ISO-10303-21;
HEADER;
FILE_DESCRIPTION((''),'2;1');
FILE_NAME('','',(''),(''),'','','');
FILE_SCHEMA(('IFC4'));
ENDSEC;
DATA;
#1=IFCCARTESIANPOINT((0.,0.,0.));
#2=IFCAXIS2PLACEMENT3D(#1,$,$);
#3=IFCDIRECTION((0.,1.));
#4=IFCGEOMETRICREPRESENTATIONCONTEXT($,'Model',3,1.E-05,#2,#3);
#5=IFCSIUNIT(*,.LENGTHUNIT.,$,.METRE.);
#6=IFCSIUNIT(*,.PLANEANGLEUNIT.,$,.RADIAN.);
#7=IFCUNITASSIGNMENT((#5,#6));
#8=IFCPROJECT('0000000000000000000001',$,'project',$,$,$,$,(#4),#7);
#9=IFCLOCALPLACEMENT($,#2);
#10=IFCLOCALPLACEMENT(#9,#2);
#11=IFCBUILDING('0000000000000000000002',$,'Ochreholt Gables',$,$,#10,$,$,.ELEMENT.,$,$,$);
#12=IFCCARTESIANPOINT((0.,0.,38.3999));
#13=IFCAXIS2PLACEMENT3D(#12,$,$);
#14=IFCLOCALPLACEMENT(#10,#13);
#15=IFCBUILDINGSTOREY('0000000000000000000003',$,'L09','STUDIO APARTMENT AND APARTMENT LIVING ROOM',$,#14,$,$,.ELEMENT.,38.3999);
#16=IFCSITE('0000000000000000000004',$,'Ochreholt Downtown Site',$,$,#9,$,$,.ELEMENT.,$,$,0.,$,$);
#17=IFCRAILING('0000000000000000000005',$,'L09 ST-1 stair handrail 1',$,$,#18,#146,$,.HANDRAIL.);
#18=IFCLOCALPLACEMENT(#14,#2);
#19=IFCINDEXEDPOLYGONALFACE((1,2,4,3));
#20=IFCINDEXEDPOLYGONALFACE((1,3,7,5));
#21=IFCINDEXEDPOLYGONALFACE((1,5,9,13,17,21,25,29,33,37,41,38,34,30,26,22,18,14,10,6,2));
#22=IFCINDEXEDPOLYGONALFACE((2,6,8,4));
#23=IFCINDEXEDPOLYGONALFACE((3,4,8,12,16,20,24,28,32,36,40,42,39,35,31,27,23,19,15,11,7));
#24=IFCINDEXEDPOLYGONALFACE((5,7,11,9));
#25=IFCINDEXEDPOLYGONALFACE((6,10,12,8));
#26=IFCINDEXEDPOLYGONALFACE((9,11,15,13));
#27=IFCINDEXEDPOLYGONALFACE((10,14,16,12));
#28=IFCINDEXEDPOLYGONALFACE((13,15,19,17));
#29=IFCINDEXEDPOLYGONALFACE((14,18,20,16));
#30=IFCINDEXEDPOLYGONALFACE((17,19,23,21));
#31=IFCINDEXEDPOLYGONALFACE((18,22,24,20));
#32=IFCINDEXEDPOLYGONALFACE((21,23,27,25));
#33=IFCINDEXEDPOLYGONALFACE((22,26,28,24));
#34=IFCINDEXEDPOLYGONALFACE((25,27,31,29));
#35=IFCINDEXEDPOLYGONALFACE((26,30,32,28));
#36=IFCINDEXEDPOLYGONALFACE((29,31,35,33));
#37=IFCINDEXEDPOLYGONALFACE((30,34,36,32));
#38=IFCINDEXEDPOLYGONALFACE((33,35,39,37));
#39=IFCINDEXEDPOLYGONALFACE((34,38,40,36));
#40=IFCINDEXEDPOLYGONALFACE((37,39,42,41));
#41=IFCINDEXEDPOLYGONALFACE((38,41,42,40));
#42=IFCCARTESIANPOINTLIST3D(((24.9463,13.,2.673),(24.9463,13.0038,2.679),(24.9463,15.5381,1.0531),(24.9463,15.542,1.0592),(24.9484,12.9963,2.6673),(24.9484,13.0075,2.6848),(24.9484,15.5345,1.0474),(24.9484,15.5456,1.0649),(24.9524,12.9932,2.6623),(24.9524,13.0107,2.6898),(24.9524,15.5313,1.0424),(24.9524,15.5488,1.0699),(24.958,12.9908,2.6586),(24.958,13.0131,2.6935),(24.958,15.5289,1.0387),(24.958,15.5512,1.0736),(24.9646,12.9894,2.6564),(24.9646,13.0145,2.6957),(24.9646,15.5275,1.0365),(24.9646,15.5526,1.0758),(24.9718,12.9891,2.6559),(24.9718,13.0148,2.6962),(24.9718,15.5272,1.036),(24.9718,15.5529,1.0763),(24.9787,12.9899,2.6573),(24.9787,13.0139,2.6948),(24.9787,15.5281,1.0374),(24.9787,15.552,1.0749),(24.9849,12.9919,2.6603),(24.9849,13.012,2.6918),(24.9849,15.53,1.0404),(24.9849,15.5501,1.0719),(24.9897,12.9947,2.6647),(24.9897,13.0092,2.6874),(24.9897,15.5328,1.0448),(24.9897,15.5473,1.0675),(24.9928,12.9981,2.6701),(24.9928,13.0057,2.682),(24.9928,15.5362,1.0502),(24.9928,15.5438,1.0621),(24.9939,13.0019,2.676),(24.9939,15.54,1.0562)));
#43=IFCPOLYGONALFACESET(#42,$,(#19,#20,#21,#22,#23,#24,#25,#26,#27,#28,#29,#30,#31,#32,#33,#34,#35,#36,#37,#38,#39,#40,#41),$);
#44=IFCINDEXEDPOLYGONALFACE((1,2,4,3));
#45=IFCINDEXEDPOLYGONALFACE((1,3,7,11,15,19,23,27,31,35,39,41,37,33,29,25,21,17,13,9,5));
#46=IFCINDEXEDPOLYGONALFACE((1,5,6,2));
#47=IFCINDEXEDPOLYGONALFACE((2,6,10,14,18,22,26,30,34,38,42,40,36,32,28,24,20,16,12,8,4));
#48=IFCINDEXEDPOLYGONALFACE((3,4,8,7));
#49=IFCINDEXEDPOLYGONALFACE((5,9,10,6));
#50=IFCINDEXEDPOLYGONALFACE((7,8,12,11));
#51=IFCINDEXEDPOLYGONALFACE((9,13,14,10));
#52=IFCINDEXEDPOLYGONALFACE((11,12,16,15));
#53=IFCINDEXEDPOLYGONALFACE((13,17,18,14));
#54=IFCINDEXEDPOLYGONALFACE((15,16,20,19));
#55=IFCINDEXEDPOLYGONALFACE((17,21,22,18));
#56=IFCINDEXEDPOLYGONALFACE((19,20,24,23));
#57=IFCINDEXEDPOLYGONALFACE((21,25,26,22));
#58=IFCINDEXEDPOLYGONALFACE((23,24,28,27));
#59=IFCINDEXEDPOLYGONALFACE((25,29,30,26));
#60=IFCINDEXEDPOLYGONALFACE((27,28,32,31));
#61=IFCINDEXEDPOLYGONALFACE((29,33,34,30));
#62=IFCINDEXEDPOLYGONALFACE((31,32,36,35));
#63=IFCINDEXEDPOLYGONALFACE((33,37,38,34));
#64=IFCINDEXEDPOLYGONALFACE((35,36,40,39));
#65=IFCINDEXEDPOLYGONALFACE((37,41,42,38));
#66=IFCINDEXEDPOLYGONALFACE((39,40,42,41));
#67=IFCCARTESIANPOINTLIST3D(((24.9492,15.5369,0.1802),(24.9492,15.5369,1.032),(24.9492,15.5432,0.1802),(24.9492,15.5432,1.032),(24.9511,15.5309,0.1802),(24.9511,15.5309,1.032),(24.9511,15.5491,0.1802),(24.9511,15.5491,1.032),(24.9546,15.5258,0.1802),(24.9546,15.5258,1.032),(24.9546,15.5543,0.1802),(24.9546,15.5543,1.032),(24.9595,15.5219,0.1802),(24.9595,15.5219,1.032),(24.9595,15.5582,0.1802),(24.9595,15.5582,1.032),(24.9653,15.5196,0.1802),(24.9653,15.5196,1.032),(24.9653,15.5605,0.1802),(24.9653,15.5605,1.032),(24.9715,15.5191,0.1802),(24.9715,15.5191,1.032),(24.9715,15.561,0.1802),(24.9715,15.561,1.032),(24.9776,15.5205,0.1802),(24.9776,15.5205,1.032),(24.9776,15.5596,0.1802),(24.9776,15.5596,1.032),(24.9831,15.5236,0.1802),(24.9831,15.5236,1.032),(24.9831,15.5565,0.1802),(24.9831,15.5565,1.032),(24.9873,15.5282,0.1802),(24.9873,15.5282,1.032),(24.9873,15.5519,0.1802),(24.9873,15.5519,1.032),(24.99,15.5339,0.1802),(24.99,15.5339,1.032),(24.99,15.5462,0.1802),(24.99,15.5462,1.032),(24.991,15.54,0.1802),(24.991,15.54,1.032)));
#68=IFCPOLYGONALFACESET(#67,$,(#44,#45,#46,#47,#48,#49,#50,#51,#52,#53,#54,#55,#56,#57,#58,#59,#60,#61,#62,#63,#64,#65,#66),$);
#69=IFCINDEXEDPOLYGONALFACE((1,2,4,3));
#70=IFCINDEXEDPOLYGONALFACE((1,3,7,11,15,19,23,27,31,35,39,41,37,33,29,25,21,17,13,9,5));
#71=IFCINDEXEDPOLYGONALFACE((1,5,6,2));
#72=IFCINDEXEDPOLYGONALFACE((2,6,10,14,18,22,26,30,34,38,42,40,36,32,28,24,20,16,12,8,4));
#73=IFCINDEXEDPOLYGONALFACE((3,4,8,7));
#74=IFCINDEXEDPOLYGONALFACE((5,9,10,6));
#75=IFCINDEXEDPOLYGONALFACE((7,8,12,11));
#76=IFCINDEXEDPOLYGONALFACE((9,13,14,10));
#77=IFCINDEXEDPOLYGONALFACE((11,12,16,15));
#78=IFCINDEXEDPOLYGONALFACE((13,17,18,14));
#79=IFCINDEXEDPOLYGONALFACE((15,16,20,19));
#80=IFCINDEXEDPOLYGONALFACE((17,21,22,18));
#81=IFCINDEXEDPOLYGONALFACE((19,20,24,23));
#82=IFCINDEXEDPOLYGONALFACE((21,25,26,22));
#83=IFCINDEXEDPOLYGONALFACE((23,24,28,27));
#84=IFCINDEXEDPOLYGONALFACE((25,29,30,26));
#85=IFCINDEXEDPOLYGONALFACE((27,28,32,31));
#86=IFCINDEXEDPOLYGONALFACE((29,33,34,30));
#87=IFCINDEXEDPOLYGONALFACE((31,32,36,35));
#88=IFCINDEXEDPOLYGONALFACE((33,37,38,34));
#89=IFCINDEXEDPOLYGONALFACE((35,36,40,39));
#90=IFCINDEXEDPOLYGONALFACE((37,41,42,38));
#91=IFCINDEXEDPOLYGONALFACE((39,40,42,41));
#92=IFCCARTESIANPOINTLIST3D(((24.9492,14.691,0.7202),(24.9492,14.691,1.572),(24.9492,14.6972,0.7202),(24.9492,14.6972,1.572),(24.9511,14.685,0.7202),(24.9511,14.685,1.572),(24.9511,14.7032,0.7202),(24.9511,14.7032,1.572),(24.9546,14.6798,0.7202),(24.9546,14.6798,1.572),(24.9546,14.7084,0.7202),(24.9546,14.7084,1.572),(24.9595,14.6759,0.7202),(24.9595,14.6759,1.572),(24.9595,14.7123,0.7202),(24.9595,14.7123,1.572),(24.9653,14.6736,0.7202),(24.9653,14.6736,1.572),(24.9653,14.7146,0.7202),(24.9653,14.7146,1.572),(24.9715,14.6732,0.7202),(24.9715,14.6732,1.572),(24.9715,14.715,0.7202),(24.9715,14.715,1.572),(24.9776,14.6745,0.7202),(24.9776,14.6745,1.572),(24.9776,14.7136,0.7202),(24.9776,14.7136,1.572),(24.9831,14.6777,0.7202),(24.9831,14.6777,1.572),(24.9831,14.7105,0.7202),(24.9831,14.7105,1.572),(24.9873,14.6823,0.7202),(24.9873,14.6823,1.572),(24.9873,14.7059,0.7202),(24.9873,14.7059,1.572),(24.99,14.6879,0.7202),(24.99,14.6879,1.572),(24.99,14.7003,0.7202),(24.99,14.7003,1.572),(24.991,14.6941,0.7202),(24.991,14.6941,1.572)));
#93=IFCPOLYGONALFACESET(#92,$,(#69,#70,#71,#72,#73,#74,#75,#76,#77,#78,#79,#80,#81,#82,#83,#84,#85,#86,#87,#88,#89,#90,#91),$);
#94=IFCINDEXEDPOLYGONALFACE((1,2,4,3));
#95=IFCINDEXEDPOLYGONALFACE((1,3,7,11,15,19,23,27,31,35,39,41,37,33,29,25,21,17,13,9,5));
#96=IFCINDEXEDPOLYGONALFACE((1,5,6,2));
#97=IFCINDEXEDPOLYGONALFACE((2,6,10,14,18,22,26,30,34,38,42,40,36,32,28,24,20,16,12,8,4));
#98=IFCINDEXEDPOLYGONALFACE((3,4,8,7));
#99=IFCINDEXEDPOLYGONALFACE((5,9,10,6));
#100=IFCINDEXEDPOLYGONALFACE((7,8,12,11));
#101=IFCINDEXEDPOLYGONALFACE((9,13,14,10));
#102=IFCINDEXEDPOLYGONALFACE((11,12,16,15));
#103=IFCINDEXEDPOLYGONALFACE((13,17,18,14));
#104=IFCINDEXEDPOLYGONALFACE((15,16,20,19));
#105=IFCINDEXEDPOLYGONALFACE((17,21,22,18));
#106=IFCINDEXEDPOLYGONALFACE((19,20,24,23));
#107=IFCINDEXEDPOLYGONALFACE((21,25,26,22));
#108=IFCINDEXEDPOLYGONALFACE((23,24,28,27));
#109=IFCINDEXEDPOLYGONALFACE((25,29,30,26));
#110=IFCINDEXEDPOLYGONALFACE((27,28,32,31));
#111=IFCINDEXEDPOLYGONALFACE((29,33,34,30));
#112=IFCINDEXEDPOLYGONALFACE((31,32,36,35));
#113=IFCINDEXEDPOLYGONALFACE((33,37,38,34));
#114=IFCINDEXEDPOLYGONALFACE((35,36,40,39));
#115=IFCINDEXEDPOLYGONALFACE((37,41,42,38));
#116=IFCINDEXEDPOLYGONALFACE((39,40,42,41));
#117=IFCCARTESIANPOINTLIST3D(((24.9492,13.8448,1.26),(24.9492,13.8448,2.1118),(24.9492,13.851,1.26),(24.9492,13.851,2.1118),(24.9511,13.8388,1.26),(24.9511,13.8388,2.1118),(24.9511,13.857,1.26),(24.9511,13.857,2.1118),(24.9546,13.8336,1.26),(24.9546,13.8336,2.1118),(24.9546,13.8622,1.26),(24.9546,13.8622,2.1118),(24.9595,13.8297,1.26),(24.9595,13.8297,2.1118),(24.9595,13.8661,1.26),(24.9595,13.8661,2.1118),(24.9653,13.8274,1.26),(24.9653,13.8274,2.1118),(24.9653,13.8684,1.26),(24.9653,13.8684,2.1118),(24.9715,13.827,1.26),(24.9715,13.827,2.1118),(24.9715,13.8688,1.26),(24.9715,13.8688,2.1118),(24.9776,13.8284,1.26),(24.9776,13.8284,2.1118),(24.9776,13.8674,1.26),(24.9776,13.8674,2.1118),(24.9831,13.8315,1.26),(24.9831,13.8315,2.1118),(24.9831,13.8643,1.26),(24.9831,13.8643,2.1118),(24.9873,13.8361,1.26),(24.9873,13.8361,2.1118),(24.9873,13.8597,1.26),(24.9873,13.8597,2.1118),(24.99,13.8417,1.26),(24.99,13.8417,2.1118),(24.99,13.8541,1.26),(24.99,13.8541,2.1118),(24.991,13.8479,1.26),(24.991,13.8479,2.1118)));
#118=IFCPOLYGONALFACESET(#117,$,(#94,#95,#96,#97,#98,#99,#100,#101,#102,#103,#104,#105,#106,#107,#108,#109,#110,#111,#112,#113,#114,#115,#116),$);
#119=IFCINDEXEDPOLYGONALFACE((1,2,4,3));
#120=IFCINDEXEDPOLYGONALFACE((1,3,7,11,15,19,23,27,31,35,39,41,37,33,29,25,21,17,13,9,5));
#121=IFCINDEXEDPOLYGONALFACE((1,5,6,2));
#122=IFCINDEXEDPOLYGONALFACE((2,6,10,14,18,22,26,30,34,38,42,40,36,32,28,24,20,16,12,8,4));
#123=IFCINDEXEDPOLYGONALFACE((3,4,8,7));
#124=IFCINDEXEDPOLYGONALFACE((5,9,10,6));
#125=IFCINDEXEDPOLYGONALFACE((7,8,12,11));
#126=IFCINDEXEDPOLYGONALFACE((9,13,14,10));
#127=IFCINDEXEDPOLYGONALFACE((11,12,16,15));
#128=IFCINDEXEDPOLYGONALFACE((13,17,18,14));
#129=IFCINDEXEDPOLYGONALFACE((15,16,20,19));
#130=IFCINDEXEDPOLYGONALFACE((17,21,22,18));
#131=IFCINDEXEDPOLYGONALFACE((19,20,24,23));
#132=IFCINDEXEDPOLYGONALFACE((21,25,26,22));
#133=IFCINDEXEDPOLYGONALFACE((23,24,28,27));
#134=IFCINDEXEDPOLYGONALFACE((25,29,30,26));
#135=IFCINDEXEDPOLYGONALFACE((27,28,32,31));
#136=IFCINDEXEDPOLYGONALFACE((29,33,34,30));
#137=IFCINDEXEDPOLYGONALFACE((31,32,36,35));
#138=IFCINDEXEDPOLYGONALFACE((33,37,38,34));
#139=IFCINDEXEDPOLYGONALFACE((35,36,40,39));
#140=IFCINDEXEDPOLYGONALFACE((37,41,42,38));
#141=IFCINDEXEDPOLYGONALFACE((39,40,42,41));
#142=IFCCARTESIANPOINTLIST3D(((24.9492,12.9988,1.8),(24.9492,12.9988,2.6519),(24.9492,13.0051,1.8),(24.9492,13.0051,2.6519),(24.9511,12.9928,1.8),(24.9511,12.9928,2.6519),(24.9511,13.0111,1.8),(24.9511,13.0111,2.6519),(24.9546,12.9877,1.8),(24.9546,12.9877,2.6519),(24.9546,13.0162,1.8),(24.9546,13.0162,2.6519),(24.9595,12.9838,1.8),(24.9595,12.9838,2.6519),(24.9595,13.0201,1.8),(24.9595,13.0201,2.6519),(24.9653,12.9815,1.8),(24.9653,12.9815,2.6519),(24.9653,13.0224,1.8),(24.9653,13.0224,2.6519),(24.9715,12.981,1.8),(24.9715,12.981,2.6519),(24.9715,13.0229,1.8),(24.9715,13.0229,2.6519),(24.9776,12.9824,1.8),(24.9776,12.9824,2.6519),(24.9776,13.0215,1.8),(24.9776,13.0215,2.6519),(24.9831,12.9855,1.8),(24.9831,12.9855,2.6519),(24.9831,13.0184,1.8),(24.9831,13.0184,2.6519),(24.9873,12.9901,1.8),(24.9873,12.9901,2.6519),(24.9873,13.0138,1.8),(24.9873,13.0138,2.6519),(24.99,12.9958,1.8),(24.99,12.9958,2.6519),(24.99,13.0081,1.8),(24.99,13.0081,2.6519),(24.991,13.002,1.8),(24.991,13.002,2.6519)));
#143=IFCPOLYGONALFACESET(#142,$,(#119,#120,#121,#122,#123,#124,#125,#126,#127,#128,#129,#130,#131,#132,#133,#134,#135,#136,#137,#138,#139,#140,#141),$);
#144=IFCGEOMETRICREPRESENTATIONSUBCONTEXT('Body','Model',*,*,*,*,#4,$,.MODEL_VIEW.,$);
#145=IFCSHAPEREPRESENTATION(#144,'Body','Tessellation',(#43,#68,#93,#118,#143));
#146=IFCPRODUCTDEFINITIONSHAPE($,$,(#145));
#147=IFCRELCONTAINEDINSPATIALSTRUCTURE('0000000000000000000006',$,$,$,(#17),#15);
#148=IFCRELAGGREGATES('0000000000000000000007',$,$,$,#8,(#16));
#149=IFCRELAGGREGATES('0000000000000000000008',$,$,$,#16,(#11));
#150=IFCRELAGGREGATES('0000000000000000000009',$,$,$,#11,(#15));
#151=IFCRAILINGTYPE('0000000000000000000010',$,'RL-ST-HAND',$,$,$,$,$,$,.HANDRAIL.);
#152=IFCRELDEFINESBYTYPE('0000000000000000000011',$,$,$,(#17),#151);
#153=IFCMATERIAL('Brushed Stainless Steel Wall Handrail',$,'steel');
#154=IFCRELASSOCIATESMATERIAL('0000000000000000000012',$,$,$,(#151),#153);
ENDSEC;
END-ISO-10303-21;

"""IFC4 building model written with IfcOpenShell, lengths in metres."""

from ifc_helpers import new_model, si_unit, direction, frame, origin, origin_2d, place, context, subcontext, project, spatial, circle, extrude, material, type_object, element, save


model = new_model("IFC4")

# Units and contexts
model_context = context("Model", 3, precision=1e-05, world=origin(), true_north=direction((0.0, 1.0)))
body_context = subcontext(model_context, "Body", "Model", "MODEL_VIEW")
ifc_project = project(units=[si_unit("LENGTHUNIT", "METRE"), si_unit("PLANEANGLEUNIT", "RADIAN")], contexts=[model_context])

# Site, building, storey
site_placement = place(None, origin())
site = spatial("IfcSite", under=ifc_project, at=site_placement, Name="Ochreholt Downtown Site", CompositionType="ELEMENT", RefElevation=0.0)
building_placement = place(site_placement, origin())
building = spatial("IfcBuilding", under=site, at=building_placement, Name="Ochreholt Gables", CompositionType="ELEMENT")
storey_placement = place(building_placement, frame((0.0, 0.0, 38.3999)))
storey = spatial("IfcBuildingStorey", under=building, at=storey_placement, Name="L09", Description="STUDIO APARTMENT AND APARTMENT LIVING ROOM", CompositionType="ELEMENT", Elevation=38.3999)

# Railing
ifc_material_1 = material(Name="Brushed Stainless Steel Wall Handrail", Category="steel")
railing_type_1 = type_object("IfcRailingType", Name="RL-ST-HAND", PredefinedType="HANDRAIL", material=ifc_material_1)
railing_1_placement = place(storey_placement, frame((24.97, 15.54, 0.1802)))
element("IfcRailing", 1, at=railing_1_placement, inside=storey, type_object=railing_type_1, Name="L09 ST-1 stair handrail 1", PredefinedType="HANDRAIL", context=body_context, shape_type="SweptSolid", body=[
    extrude(circle(Radius=0.0239, at=origin_2d()), frame((0.0, 0.0, 0.876), z_axis=(0.0, -0.84295, 0.537993), x_axis=(1.0, 0.0, 0.0)), (0.0, 0.0, 1.0), 3.011),
    extrude(circle(Radius=0.021, at=origin_2d()), origin(), (0.0, 0.0, 1.0), 0.8518),
    extrude(circle(Radius=0.021, at=origin_2d()), frame((0.0, -0.8459, 0.54)), (0.0, 0.0, 1.0), 0.8518),
    extrude(circle(Radius=0.021, at=origin_2d()), frame((0.0, -1.6921, 1.0798)), (0.0, 0.0, 1.0), 0.8518),
    extrude(circle(Radius=0.021, at=origin_2d()), frame((0.0, -2.5381, 1.6199)), (0.0, 0.0, 1.0), 0.8518),
])

save(model, "model.ifc")
